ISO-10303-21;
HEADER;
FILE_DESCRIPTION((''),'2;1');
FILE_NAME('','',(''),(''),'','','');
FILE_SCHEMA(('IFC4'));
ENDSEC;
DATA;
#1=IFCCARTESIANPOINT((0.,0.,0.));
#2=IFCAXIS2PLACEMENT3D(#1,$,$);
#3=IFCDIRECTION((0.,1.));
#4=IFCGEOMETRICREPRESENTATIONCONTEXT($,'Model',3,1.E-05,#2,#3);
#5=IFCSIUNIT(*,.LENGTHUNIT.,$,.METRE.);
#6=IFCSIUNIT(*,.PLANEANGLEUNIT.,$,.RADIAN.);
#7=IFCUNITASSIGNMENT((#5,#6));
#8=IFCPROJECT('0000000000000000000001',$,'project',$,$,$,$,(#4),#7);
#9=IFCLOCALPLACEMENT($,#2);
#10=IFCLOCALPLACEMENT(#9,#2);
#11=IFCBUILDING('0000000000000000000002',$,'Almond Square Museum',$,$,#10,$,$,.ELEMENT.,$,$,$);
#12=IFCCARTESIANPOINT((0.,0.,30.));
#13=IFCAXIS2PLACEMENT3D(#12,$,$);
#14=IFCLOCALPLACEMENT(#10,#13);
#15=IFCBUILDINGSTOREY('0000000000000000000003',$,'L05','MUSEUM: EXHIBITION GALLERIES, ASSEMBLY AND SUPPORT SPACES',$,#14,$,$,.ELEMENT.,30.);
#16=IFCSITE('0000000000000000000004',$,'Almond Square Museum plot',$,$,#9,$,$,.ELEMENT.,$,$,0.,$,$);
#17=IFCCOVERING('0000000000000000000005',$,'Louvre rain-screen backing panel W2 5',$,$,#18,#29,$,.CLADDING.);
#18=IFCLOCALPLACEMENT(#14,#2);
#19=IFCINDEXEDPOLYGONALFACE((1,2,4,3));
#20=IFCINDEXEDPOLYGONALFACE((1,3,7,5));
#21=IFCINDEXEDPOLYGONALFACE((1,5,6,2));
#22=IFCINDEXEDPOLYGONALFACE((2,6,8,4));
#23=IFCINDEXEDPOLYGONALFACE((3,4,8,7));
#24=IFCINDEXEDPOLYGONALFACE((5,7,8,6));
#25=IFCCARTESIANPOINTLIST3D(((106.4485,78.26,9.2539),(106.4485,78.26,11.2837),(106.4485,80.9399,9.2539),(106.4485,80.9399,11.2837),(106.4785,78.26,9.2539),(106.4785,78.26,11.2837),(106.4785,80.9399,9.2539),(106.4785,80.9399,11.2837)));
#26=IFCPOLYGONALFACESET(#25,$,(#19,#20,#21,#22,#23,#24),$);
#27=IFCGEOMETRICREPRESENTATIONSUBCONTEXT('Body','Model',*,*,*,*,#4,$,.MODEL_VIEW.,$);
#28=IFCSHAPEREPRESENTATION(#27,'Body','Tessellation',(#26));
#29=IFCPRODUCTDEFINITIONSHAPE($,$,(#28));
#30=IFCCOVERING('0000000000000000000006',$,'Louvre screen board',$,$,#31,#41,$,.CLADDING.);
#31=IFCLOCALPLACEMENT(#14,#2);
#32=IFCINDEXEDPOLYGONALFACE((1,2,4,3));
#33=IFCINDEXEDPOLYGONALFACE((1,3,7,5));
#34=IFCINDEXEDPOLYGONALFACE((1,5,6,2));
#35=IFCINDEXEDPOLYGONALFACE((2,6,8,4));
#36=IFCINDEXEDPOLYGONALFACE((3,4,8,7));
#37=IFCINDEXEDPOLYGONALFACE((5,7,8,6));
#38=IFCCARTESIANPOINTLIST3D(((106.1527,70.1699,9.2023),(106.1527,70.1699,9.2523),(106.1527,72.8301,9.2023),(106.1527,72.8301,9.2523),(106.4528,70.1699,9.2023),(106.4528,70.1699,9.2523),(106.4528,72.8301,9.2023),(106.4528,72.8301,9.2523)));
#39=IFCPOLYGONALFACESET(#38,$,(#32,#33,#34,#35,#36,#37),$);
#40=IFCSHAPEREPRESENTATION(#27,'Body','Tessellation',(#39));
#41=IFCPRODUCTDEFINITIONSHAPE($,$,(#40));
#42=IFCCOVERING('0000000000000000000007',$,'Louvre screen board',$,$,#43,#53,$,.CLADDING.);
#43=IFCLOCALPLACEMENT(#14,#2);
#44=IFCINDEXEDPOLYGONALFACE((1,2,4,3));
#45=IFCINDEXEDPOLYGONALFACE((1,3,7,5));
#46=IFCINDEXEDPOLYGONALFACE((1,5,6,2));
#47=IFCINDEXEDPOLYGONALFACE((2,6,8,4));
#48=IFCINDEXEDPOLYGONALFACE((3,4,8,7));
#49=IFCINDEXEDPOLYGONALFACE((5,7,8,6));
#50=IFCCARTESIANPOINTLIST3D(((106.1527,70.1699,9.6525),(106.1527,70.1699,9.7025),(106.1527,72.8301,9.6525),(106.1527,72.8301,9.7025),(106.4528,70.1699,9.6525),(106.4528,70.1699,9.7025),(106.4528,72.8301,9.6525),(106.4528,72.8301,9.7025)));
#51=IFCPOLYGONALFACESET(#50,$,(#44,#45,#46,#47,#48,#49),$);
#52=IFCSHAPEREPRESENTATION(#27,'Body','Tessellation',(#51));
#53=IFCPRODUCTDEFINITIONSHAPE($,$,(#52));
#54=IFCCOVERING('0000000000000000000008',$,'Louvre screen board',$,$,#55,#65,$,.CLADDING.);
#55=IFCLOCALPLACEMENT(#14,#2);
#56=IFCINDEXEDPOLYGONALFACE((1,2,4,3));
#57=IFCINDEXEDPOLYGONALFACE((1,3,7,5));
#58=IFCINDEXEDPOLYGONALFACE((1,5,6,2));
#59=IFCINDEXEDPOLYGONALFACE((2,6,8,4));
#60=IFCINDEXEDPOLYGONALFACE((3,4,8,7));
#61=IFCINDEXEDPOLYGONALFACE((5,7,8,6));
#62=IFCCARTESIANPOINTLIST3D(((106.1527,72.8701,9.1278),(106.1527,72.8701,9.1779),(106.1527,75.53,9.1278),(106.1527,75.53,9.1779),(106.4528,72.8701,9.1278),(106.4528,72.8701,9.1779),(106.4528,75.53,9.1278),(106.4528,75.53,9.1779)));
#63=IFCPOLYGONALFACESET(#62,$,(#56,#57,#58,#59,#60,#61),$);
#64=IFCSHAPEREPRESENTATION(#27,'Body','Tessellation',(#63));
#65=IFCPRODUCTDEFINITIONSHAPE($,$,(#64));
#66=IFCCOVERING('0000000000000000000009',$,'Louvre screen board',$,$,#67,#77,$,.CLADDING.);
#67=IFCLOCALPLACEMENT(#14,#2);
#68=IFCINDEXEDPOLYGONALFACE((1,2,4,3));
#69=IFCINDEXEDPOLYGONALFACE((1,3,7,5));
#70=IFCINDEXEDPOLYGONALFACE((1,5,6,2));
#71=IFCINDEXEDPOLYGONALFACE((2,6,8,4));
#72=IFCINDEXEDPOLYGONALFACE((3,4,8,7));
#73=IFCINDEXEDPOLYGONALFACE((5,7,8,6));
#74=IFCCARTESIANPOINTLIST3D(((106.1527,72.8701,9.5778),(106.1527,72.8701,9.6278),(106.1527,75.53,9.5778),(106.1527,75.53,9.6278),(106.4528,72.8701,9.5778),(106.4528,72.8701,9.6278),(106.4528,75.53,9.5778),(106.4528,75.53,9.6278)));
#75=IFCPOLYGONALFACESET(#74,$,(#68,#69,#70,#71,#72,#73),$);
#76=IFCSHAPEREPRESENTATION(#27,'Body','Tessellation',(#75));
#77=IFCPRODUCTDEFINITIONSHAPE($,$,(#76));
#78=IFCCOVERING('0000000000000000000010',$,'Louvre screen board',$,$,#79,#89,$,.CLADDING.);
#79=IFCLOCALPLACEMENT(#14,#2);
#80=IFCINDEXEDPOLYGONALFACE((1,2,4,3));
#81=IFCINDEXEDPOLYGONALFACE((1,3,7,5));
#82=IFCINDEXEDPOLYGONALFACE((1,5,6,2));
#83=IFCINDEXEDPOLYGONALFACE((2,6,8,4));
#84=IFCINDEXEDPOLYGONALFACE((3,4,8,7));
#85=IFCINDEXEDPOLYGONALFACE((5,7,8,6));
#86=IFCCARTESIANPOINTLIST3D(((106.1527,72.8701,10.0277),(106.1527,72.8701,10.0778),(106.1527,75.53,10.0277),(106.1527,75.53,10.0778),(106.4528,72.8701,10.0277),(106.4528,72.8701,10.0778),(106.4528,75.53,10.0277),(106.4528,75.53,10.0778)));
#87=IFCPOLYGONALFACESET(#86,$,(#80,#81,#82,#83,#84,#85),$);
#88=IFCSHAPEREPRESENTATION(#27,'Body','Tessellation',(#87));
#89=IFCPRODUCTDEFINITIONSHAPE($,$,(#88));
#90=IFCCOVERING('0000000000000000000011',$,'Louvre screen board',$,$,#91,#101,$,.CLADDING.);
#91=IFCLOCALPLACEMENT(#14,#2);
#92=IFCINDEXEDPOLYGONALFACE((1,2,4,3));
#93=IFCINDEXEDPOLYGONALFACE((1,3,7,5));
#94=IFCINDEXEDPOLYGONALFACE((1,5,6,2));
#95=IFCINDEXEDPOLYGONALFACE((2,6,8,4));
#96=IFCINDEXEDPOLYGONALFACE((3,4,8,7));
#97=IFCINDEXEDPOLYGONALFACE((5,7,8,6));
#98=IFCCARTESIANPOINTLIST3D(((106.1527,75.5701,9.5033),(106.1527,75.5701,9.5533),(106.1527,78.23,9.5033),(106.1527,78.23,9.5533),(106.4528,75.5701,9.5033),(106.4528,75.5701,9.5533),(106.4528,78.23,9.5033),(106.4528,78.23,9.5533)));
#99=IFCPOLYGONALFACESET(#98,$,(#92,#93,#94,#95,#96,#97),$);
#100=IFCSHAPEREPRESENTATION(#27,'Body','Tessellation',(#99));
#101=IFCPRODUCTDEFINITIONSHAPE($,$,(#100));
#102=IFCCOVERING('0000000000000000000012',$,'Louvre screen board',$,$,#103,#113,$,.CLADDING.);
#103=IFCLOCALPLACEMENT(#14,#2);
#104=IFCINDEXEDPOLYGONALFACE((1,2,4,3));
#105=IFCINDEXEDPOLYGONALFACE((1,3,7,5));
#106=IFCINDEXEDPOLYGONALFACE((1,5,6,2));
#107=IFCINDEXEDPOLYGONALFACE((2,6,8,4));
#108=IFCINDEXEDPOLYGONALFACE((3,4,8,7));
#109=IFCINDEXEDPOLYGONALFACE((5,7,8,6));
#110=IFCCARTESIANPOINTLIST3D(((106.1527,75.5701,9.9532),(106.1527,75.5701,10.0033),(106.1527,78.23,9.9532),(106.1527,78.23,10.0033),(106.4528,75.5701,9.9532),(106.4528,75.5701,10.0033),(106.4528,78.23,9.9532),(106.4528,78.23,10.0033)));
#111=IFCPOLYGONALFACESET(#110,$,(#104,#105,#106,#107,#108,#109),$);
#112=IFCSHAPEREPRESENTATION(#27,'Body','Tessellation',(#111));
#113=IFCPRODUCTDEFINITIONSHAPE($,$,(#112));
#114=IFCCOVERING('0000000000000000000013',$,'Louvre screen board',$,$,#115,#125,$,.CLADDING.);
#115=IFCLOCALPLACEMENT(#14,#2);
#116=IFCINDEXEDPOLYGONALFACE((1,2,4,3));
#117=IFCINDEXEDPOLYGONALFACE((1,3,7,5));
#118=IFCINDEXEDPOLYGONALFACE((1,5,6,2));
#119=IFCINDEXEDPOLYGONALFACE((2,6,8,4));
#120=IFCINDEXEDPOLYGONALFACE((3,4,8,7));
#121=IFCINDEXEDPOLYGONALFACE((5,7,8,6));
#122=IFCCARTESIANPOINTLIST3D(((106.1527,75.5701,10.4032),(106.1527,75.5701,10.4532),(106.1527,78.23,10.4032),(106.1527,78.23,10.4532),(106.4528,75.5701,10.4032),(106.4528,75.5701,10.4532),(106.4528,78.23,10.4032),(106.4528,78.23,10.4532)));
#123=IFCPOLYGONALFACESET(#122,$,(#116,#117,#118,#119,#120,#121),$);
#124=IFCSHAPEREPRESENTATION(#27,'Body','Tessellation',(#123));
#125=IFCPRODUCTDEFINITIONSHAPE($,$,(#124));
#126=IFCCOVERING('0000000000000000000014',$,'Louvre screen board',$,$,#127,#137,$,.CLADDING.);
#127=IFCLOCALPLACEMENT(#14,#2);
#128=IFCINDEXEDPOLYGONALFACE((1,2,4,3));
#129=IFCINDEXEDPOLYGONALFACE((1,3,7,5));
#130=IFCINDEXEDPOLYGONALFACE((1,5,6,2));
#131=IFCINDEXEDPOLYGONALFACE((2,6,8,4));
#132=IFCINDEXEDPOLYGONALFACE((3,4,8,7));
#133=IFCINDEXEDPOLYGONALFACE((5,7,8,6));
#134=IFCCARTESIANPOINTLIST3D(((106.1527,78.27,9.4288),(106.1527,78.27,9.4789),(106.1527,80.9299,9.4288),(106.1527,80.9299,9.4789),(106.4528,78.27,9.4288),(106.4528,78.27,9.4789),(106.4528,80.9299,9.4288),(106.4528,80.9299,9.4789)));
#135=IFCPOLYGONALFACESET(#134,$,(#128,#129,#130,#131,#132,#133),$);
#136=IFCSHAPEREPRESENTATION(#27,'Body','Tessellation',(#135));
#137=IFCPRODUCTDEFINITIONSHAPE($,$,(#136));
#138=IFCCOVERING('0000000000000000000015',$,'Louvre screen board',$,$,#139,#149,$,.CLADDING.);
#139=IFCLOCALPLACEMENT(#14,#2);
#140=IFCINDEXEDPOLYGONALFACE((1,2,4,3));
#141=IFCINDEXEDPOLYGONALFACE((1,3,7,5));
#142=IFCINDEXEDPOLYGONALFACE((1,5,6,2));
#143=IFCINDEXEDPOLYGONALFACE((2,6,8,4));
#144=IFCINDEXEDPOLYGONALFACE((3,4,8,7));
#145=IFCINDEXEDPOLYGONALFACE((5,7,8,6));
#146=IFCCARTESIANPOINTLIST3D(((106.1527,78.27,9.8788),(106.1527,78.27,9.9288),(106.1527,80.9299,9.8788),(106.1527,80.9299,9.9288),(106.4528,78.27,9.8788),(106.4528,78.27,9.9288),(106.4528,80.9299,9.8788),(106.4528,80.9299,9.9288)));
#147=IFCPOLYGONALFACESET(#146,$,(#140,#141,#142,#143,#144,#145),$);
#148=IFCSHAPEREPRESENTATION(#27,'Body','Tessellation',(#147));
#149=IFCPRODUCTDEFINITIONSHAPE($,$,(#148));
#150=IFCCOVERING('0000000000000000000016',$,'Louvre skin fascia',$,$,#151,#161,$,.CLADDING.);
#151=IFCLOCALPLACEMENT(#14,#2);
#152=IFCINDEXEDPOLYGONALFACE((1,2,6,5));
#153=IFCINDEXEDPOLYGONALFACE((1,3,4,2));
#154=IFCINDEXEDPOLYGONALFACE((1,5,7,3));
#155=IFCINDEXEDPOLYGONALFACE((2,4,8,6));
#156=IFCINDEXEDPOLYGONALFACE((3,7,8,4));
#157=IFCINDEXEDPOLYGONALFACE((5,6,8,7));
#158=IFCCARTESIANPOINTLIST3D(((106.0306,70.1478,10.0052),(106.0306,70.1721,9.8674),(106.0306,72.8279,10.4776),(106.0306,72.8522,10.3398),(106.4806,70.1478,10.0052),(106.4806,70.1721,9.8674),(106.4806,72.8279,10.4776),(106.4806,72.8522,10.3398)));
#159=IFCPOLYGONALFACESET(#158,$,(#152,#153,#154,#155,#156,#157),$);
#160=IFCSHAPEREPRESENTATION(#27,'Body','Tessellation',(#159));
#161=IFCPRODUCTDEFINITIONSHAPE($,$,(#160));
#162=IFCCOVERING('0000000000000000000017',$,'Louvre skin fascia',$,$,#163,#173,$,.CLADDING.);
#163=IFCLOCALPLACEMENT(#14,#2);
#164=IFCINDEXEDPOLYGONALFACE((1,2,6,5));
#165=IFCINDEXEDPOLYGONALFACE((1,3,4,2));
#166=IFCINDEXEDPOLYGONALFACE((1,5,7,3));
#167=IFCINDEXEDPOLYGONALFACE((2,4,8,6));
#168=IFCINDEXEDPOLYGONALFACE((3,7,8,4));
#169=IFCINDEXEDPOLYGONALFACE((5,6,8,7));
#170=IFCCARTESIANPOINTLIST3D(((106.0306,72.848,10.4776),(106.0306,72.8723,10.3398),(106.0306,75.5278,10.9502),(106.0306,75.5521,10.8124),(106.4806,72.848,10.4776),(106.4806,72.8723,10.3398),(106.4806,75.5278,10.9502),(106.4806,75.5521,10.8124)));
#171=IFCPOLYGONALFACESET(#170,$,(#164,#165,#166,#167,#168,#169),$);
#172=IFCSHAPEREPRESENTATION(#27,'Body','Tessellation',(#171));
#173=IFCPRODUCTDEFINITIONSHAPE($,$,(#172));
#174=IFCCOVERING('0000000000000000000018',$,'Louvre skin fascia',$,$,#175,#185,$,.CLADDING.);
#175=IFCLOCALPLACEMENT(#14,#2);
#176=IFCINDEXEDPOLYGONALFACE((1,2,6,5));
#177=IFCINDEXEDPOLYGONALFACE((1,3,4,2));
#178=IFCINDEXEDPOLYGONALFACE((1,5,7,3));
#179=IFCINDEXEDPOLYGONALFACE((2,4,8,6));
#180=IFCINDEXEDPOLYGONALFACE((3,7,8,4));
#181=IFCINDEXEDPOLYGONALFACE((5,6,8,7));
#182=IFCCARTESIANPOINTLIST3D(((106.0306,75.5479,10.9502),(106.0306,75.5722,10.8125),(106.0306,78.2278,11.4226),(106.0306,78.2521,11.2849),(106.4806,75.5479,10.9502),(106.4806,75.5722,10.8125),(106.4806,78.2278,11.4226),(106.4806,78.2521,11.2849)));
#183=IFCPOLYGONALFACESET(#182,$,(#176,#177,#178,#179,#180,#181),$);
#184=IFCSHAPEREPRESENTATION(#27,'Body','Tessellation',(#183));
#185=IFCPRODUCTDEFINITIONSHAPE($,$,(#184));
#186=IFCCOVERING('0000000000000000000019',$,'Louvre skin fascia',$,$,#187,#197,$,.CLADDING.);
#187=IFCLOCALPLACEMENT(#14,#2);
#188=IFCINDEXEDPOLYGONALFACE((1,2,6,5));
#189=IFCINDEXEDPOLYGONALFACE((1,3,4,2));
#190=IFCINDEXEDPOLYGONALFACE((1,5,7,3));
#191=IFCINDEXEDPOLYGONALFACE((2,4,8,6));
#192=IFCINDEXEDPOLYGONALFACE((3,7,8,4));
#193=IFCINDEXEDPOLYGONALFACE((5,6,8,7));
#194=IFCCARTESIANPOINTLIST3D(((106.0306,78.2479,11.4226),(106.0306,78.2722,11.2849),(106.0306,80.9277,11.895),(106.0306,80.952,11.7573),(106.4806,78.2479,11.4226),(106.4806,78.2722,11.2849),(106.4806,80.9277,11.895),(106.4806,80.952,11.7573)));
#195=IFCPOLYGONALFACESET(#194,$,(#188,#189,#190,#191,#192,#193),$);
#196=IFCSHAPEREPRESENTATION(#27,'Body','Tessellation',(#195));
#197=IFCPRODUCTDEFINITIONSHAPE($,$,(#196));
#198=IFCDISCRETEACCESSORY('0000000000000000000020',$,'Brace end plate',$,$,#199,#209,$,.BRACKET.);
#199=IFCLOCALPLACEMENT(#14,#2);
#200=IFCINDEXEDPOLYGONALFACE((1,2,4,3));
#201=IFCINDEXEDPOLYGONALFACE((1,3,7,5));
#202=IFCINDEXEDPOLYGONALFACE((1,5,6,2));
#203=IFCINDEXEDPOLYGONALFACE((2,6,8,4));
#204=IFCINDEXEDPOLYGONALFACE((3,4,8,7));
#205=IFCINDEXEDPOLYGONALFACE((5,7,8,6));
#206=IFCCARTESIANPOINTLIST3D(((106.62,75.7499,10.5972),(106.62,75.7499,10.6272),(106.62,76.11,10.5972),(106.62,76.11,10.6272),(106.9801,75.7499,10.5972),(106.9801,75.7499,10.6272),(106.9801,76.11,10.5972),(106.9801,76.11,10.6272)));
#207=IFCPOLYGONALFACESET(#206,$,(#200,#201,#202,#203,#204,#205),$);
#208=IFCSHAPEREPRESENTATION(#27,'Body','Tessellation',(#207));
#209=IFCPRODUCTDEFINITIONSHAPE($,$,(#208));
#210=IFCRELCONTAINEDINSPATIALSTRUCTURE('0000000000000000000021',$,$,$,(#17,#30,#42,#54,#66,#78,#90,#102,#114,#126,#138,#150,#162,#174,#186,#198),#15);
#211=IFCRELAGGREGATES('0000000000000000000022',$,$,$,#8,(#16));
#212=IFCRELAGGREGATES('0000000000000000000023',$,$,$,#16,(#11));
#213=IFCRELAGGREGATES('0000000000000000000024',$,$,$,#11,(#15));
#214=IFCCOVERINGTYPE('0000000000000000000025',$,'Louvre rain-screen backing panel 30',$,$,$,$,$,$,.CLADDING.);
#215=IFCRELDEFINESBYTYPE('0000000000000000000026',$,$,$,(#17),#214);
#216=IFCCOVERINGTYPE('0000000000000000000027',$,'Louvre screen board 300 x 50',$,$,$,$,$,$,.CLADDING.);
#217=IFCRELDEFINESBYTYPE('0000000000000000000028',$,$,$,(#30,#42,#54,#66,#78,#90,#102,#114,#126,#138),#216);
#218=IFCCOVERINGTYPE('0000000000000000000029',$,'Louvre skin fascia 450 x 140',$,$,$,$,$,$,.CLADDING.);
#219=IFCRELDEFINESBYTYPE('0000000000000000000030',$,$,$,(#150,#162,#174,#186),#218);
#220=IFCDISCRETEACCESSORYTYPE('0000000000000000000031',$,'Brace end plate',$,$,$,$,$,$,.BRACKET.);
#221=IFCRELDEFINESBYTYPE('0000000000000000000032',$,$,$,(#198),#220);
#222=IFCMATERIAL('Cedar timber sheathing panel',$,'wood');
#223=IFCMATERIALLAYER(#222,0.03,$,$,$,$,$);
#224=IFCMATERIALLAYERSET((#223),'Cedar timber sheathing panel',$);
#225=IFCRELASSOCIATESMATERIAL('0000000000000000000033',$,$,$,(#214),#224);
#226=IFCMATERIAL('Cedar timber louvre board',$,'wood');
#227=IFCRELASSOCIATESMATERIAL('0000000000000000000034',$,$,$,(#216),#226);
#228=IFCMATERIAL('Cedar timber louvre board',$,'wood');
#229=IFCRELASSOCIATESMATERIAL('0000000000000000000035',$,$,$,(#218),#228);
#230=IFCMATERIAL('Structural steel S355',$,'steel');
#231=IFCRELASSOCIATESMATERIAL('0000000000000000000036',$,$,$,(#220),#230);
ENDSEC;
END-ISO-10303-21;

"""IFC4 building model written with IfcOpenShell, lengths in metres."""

from ifc_helpers import new_model, si_unit, direction, frame, origin, origin_2d, place, context, subcontext, project, spatial, polyline, rectangle, outline, extrude, material, layer, layer_set, material_profile, profile_set, type_object, element, save


model = new_model("IFC4")

# Units and contexts
model_context = context("Model", 3, precision=1e-05, world=origin(), true_north=direction((0.0, 1.0)))
body_context = subcontext(model_context, "Body", "Model", "MODEL_VIEW")
ifc_project = project(units=[si_unit("LENGTHUNIT", "METRE"), si_unit("PLANEANGLEUNIT", "RADIAN")], contexts=[model_context])

# Site, building, storey
site_placement = place(None, origin())
site = spatial("IfcSite", under=ifc_project, at=site_placement, Name="Almond Square Museum plot", CompositionType="ELEMENT", RefElevation=0.0)
building_placement = place(site_placement, origin())
building = spatial("IfcBuilding", under=site, at=building_placement, Name="Almond Square Museum", CompositionType="ELEMENT")
storey_placement = place(building_placement, frame((0.0, 0.0, 30.0)))
storey = spatial("IfcBuildingStorey", under=building, at=storey_placement, Name="L05", Description="MUSEUM: EXHIBITION GALLERIES, ASSEMBLY AND SUPPORT SPACES", CompositionType="ELEMENT", Elevation=30.0)

# Coverings
ifc_material_1 = material(Name="Cedar timber sheathing panel", Category="wood")
ifc_layer = layer(ifc_material_1, 0.03)
ifc_layer_set = layer_set([ifc_layer], Name="Cedar timber sheathing panel")
covering_type_1 = type_object("IfcCoveringType", Name="Louvre rain-screen backing panel 30", PredefinedType="CLADDING", material=ifc_layer_set)
covering_1_placement = place(storey_placement, frame((106.4636, 78.26, 9.2539), z_axis=(1.0, 0.0, 0.0), x_axis=(0.0, 1.0, 0.0)))
element("IfcCovering", 1, at=covering_1_placement, inside=storey, type_object=covering_type_1, Name="Louvre rain-screen backing panel W2 5", PredefinedType="CLADDING", context=body_context, shape_type="SweptSolid", body=[
    extrude(outline(polyline([(0.0, 0.0), (2.6799, 0.0), (2.6799, 2.0298), (0.0, 2.0298), (0.0, 0.0)])), frame((0.0, 0.0, -0.0151)), (0.0, 0.0, 1.0), 0.03),
])
ifc_material_2 = material(Name="Cedar timber louvre board", Category="wood")
ifc_material_profile_1 = material_profile(ifc_material_2, rectangle(XDim=0.3, YDim=0.05, at=origin_2d()))
ifc_profile_set_1 = profile_set([ifc_material_profile_1], Name="Cedar timber louvre board")
covering_type_2 = type_object("IfcCoveringType", Name="Louvre screen board 300 x 50", PredefinedType="CLADDING", material=ifc_profile_set_1)
for number, where, z_axis, x_axis, name in (
    (2, (106.3027, 70.1699, 9.2273), (0.0, 1.0, 0.0), (-1.0, 0.0, 0.0), "Louvre screen board"),
    (3, (106.3027, 70.1699, 9.6775), (0.0, 1.0, 0.0), (-1.0, 0.0, 0.0), "Louvre screen board"),
):
    element("IfcCovering", number, at=place(storey_placement, frame(where, z_axis=z_axis, x_axis=x_axis)), inside=storey, type_object=covering_type_2, Name=name, PredefinedType="CLADDING", context=body_context, shape_type="SweptSolid", body=[
        extrude(rectangle(XDim=0.3, YDim=0.05, at=origin_2d()), origin(), (0.0, 0.0, 1.0), 2.6602),
    ])
for number, where, z_axis, x_axis, name in (
    (4, (106.3027, 72.8701, 9.1528), (0.0, 1.0, 0.0), (-1.0, 0.0, 0.0), "Louvre screen board"),
    (5, (106.3027, 72.8701, 9.6028), (0.0, 1.0, 0.0), (-1.0, 0.0, 0.0), "Louvre screen board"),
    (6, (106.3027, 72.8701, 10.0527), (0.0, 1.0, 0.0), (-1.0, 0.0, 0.0), "Louvre screen board"),
    (7, (106.3027, 75.5701, 9.5283), (0.0, 1.0, 0.0), (-1.0, 0.0, 0.0), "Louvre screen board"),
    (8, (106.3027, 75.5701, 9.9783), (0.0, 1.0, 0.0), (-1.0, 0.0, 0.0), "Louvre screen board"),
    (9, (106.3027, 75.5701, 10.4282), (0.0, 1.0, 0.0), (-1.0, 0.0, 0.0), "Louvre screen board"),
    (10, (106.3027, 78.27, 9.4539), (0.0, 1.0, 0.0), (-1.0, 0.0, 0.0), "Louvre screen board"),
    (11, (106.3027, 78.27, 9.9038), (0.0, 1.0, 0.0), (-1.0, 0.0, 0.0), "Louvre screen board"),
):
    element("IfcCovering", number, at=place(storey_placement, frame(where, z_axis=z_axis, x_axis=x_axis)), inside=storey, type_object=covering_type_2, Name=name, PredefinedType="CLADDING", context=body_context, shape_type="SweptSolid", body=[
        extrude(rectangle(XDim=0.3, YDim=0.05, at=origin_2d()), origin(), (0.0, 0.0, 1.0), 2.6599),
    ])
ifc_material_3 = material(Name="Cedar timber louvre board", Category="wood")
ifc_material_profile_2 = material_profile(ifc_material_3, rectangle(XDim=0.45, YDim=0.1399, at=origin_2d()))
ifc_profile_set_2 = profile_set([ifc_material_profile_2], Name="Cedar timber louvre board")
covering_type_3 = type_object("IfcCoveringType", Name="Louvre skin fascia 450 x 140", PredefinedType="CLADDING", material=ifc_profile_set_2)
covering_2_placement = place(storey_placement, frame((106.2556, 70.1599, 9.9363), z_axis=(0.0, 0.984819, 0.173586), x_axis=(-1.0, 0.0, 0.0)))
element("IfcCovering", 12, at=covering_2_placement, inside=storey, type_object=covering_type_3, Name="Louvre skin fascia", PredefinedType="CLADDING", context=body_context, shape_type="SweptSolid", body=[
    extrude(rectangle(XDim=0.45, YDim=0.1399, at=origin_2d()), origin(), (0.0, 0.0, 1.0), 2.7214),
])
for number, where, z_axis, x_axis, name in (
    (13, (106.2556, 72.8601, 10.4087), (0.0, 0.984801, 0.173688), (-1.0, 0.0, 0.0), "Louvre skin fascia"),
    (14, (106.2556, 75.5601, 10.8813), (0.0, 0.984816, 0.173601), (-1.0, 0.0, 0.0), "Louvre skin fascia"),
    (15, (106.2556, 78.26, 11.3538), (0.0, 0.984816, 0.173601), (-1.0, 0.0, 0.0), "Louvre skin fascia"),
):
    element("IfcCovering", number, at=place(storey_placement, frame(where, z_axis=z_axis, x_axis=x_axis)), inside=storey, type_object=covering_type_3, Name=name, PredefinedType="CLADDING", context=body_context, shape_type="SweptSolid", body=[
        extrude(rectangle(XDim=0.45, YDim=0.1399, at=origin_2d()), origin(), (0.0, 0.0, 1.0), 2.7212),
    ])

# Discrete accessory
ifc_material_4 = material(Name="Structural steel S355", Category="steel")
discrete_accessory_type = type_object("IfcDiscreteAccessoryType", Name="Brace end plate", PredefinedType="BRACKET", material=ifc_material_4)
discrete_accessory_placement = place(storey_placement, frame((106.8, 75.9299, 10.5972), z_axis=(0.0, 0.0, 1.0), x_axis=(1.0, 0.0, 0.0)))
element("IfcDiscreteAccessory", 16, at=discrete_accessory_placement, inside=storey, type_object=discrete_accessory_type, Name="Brace end plate", PredefinedType="BRACKET", context=body_context, shape_type="SweptSolid", body=[
    extrude(rectangle(XDim=0.3601, YDim=0.3601, at=origin_2d()), origin(), (0.0, 0.0, 1.0), 0.03),
])

save(model, "model.ifc")
